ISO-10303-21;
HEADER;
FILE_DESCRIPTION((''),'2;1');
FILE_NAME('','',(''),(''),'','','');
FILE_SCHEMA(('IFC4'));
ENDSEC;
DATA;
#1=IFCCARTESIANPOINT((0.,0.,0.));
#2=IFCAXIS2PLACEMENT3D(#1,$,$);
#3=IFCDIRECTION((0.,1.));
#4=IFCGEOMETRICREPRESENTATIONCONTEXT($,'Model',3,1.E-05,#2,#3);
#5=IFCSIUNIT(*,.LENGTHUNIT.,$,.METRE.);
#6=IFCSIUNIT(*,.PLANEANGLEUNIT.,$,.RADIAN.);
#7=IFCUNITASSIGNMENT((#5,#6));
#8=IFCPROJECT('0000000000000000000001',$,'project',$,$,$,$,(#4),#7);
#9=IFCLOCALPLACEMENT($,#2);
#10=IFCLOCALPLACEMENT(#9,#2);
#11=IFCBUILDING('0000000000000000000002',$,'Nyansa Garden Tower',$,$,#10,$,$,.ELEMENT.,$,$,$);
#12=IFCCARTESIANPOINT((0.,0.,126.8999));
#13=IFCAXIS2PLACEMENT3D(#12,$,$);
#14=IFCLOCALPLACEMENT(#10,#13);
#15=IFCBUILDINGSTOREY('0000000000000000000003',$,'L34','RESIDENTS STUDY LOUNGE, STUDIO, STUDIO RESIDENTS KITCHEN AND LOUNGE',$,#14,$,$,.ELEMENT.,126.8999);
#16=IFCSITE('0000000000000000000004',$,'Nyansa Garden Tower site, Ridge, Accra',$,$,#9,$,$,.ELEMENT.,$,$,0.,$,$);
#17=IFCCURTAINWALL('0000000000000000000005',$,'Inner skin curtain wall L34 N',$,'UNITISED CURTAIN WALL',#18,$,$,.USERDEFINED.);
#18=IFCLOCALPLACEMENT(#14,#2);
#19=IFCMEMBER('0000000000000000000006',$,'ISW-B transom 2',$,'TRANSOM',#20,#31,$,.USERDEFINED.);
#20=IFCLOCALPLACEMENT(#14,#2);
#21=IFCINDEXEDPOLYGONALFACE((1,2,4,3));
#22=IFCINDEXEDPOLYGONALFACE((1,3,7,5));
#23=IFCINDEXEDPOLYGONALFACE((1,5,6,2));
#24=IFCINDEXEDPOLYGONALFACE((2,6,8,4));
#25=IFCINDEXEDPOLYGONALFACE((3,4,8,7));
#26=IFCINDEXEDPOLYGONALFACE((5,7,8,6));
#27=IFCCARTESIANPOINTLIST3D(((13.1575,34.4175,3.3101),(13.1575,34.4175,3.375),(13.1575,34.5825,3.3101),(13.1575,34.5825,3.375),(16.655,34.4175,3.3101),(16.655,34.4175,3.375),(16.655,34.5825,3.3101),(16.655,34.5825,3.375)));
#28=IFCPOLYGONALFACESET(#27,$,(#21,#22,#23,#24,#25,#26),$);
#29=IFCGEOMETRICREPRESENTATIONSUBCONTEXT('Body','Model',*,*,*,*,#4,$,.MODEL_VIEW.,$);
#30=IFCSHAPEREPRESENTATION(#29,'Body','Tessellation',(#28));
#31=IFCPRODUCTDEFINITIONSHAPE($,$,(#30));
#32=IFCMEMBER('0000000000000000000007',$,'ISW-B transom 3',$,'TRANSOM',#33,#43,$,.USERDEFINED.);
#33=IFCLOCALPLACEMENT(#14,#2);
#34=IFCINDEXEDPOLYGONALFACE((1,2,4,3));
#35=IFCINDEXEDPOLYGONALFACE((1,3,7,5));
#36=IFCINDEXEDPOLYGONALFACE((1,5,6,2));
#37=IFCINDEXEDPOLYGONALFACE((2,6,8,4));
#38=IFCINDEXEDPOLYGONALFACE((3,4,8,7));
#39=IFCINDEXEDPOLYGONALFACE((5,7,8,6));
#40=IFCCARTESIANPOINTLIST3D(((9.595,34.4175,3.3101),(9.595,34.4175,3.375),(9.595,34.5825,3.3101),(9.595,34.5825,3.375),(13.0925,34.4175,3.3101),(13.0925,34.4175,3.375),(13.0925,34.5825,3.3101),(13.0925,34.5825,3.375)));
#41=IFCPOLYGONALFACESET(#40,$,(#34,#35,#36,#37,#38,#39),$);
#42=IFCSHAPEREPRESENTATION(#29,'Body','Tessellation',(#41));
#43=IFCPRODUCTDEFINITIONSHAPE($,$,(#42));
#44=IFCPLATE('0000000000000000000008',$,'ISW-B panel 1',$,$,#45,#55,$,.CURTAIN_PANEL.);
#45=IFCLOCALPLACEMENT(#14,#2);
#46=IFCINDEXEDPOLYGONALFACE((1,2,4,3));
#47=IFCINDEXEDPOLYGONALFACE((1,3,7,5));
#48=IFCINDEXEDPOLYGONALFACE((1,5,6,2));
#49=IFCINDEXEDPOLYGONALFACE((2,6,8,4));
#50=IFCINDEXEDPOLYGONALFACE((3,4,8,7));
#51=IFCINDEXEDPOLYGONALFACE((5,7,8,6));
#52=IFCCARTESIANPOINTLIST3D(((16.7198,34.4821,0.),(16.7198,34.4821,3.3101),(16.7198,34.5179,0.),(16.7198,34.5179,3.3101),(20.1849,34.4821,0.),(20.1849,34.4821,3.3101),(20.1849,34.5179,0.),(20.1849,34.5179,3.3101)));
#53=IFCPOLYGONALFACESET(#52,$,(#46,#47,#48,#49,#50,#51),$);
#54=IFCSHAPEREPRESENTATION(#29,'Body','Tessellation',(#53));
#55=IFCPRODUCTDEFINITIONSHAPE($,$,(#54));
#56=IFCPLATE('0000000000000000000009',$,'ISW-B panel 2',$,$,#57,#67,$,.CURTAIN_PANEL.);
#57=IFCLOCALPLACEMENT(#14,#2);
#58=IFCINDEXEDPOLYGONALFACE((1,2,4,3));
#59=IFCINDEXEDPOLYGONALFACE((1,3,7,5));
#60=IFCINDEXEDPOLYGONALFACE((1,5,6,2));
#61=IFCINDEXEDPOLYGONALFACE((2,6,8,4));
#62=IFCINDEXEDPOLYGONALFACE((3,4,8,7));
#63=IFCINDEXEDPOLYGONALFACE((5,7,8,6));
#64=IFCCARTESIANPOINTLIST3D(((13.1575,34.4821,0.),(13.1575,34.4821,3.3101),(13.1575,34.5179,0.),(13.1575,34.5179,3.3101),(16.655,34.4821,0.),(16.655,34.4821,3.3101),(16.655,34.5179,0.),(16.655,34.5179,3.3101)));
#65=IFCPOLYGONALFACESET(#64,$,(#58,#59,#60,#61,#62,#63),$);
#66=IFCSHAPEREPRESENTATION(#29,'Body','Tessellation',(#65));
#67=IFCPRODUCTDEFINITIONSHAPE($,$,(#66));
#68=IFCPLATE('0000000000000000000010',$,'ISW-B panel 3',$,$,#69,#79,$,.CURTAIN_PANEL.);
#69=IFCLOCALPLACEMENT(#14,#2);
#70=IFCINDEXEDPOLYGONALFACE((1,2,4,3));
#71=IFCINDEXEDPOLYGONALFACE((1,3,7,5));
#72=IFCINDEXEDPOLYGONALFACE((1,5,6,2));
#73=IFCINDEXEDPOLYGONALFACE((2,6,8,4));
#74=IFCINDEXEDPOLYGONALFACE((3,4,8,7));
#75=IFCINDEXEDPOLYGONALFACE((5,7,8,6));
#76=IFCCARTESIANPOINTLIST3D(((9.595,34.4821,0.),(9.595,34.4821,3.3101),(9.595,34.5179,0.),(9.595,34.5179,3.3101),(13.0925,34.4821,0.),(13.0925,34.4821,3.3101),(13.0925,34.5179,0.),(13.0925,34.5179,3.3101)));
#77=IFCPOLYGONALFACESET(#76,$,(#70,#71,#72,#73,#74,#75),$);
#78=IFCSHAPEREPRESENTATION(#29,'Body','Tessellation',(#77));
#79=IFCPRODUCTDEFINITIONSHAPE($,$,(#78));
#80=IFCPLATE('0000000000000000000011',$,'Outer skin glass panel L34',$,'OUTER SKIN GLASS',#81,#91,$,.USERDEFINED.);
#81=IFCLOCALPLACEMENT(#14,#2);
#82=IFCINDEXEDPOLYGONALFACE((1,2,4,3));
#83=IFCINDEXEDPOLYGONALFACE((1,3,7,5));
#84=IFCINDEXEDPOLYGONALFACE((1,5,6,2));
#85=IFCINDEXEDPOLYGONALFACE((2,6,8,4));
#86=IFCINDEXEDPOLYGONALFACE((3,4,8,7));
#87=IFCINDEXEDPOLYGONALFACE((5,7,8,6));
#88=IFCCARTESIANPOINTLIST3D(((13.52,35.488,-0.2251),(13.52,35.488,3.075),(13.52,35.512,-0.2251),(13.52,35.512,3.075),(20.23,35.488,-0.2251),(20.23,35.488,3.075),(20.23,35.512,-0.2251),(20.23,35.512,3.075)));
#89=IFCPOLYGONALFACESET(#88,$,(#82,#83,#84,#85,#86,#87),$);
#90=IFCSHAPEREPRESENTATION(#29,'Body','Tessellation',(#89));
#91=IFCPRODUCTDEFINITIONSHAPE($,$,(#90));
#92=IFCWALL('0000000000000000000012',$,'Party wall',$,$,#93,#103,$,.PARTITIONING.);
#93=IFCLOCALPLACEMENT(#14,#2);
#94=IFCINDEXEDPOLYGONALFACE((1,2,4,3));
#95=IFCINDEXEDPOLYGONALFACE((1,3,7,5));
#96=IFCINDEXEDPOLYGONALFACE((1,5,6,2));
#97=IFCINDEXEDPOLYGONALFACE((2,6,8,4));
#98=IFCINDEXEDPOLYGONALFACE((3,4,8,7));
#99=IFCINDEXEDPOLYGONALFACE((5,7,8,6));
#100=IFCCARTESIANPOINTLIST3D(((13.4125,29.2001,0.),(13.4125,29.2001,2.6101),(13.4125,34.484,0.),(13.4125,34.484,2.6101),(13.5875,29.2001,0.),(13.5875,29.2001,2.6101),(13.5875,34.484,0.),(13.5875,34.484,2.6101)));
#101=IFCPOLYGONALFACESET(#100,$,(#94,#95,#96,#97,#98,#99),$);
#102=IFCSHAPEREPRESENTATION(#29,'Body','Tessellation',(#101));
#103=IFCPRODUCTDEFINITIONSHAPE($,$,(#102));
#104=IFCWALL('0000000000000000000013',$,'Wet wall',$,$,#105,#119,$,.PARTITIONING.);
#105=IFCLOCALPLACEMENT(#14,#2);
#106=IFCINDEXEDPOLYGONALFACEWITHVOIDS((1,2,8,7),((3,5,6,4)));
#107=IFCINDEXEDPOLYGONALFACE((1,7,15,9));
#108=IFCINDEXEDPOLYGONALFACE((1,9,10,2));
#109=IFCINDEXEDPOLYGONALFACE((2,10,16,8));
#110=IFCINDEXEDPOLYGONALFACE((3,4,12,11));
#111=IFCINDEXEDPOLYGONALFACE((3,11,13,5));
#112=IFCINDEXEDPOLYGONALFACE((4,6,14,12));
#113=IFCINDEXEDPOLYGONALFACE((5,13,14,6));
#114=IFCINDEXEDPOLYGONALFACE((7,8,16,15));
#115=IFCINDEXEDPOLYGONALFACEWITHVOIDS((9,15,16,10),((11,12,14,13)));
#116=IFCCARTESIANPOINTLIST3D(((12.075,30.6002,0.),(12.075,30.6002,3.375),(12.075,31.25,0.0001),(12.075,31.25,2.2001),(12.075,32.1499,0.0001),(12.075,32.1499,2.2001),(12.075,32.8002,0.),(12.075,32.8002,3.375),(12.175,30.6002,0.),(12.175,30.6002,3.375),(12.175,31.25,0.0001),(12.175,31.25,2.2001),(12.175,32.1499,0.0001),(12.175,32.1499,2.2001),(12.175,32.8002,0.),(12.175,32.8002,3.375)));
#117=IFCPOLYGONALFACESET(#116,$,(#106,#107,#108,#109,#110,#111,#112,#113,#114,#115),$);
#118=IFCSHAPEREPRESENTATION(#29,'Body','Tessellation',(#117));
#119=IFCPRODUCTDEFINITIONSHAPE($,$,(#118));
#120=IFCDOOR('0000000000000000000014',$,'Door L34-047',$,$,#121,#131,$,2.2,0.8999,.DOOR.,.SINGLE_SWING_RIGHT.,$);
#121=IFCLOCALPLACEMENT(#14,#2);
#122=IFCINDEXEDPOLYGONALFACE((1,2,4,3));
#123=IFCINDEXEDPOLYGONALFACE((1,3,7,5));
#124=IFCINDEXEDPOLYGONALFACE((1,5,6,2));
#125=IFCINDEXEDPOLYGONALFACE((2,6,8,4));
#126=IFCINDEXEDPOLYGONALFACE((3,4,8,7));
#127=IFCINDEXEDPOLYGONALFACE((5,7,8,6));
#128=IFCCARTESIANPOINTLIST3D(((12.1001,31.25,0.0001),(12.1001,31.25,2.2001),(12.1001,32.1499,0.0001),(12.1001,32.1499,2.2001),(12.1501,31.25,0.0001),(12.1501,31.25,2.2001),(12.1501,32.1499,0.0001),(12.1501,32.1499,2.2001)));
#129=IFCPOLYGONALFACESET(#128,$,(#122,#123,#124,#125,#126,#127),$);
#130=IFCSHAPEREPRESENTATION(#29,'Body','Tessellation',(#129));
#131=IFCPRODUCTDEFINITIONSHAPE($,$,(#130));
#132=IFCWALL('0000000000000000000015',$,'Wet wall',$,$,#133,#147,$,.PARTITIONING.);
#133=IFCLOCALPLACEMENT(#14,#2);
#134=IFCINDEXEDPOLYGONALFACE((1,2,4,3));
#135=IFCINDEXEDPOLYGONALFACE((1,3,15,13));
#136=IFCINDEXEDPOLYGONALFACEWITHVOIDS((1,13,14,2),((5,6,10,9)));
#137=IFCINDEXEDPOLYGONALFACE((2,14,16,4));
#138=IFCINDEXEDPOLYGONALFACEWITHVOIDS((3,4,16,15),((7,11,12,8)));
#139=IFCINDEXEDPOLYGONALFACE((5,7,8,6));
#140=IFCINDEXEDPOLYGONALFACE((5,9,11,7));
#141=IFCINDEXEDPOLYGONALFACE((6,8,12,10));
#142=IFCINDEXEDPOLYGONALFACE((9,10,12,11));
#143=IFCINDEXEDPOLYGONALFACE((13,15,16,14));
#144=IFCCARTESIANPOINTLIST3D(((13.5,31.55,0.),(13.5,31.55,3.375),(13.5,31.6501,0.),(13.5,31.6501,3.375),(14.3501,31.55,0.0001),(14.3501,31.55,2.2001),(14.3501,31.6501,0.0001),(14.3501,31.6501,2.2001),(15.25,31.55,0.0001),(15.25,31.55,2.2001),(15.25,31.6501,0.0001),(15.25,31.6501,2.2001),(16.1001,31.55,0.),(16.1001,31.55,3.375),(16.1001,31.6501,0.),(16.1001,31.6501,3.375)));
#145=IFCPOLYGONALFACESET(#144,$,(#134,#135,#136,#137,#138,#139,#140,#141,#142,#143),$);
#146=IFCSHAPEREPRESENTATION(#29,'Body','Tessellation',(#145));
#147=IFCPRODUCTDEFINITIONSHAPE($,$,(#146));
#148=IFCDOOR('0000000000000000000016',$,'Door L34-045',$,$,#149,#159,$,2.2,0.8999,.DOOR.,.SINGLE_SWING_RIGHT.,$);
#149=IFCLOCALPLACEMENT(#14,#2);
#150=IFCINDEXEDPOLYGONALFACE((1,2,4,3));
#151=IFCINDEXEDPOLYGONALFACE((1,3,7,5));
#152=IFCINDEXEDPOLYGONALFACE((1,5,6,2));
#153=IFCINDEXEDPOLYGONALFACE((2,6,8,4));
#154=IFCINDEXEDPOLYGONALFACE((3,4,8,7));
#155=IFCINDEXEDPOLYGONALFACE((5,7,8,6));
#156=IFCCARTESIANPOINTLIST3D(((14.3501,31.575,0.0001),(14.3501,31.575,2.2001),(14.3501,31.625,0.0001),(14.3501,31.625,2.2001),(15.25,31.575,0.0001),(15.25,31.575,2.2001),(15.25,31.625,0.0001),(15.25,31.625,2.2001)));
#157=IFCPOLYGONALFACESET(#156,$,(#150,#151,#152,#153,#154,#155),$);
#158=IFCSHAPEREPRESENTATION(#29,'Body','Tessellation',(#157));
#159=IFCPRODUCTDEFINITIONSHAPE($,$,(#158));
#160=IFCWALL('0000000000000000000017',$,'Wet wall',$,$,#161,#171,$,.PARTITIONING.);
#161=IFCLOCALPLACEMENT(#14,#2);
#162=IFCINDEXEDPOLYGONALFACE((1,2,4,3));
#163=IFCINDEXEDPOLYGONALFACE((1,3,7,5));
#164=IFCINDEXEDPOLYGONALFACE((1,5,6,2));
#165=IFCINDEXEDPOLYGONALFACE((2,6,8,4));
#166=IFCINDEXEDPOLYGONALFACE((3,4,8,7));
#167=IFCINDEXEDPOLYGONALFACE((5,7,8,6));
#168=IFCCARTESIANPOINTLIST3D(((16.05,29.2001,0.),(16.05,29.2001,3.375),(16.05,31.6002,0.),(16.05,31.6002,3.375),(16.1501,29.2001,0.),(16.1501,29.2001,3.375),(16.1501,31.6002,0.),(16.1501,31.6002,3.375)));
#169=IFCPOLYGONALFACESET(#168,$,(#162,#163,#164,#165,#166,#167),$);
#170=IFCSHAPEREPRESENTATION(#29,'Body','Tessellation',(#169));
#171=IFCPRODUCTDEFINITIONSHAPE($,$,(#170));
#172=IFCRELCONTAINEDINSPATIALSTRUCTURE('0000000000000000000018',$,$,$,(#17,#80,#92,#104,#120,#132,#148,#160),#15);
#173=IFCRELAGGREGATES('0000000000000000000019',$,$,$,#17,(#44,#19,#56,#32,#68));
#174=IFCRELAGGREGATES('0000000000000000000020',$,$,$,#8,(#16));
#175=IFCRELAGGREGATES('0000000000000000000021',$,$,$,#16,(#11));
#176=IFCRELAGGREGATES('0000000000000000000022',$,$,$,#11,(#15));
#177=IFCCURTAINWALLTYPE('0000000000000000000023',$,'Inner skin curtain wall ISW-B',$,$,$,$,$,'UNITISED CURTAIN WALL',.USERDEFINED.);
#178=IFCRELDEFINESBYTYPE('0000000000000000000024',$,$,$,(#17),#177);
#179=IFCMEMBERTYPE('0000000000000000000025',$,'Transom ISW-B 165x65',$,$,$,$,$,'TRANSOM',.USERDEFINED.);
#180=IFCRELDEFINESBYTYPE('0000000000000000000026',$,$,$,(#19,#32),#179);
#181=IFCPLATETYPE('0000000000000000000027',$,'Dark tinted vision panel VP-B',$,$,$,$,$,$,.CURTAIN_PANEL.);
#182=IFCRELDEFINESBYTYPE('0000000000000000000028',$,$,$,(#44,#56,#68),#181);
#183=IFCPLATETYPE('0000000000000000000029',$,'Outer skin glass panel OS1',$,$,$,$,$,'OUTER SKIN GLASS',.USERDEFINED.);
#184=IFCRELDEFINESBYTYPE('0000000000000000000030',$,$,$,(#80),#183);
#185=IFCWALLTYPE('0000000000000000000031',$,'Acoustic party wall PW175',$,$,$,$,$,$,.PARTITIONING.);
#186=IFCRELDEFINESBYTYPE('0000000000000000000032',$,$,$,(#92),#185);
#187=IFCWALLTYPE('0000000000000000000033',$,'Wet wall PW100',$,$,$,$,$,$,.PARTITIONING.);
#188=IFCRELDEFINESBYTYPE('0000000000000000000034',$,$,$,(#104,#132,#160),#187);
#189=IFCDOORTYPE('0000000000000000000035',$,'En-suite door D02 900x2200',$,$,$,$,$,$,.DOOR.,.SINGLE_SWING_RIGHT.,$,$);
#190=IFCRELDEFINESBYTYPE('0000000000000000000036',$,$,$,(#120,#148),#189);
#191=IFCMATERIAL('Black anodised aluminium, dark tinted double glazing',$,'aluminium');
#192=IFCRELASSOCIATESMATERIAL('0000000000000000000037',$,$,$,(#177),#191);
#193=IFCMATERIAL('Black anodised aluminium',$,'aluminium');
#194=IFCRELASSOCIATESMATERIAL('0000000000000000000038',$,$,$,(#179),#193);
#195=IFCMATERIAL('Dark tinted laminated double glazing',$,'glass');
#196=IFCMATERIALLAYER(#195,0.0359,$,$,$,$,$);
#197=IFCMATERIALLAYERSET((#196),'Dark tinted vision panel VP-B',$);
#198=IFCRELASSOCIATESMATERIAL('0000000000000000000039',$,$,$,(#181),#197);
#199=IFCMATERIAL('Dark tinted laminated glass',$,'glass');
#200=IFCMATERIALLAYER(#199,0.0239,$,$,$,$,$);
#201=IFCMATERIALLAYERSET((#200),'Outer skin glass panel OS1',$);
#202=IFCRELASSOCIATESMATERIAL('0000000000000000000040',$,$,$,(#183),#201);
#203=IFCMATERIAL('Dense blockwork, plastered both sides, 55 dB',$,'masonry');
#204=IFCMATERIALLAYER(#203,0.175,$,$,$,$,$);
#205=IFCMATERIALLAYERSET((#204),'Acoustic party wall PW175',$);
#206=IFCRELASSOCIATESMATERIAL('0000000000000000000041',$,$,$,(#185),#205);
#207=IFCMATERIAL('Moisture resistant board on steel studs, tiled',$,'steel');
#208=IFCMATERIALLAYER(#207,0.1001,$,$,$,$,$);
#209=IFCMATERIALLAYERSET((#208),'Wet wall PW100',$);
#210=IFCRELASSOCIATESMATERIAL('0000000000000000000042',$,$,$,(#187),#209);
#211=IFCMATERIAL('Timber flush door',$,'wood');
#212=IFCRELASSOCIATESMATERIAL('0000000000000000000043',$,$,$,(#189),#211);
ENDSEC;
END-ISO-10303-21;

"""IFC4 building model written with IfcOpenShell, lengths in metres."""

from ifc_helpers import new_model, si_unit, direction, frame, frame_2d, origin, origin_2d, place, context, subcontext, project, spatial, rectangle, extrude, material, layer, layer_set, material_profile, profile_set, type_object, element, fill, aggregate, save


model = new_model("IFC4")

# Units and contexts
model_context = context("Model", 3, precision=1e-05, world=origin(), true_north=direction((0.0, 1.0)))
body_context = subcontext(model_context, "Body", "Model", "MODEL_VIEW")
ifc_project = project(units=[si_unit("LENGTHUNIT", "METRE"), si_unit("PLANEANGLEUNIT", "RADIAN")], contexts=[model_context])

# Site, building, storey
site_placement = place(None, origin())
site = spatial("IfcSite", under=ifc_project, at=site_placement, Name="Nyansa Garden Tower site, Ridge, Accra", CompositionType="ELEMENT", RefElevation=0.0)
building_placement = place(site_placement, origin())
building = spatial("IfcBuilding", under=site, at=building_placement, Name="Nyansa Garden Tower", CompositionType="ELEMENT")
storey_placement = place(building_placement, frame((0.0, 0.0, 126.8999)))
storey = spatial("IfcBuildingStorey", under=building, at=storey_placement, Name="L34", Description="RESIDENTS STUDY LOUNGE, STUDIO, STUDIO RESIDENTS KITCHEN AND LOUNGE", CompositionType="ELEMENT", Elevation=126.8999)

# Curtain wall
ifc_material_1 = material(Name="Black anodised aluminium, dark tinted double glazing", Category="aluminium")
curtain_wall_type = type_object("IfcCurtainWallType", Name="Inner skin curtain wall ISW-B", ElementType="UNITISED CURTAIN WALL", PredefinedType="USERDEFINED", material=ifc_material_1)
curtain_wall_placement = place(storey_placement, origin())
curtain_wall = element("IfcCurtainWall", 1, at=curtain_wall_placement, inside=storey, type_object=curtain_wall_type, Name="Inner skin curtain wall L34 N", ObjectType="UNITISED CURTAIN WALL", PredefinedType="USERDEFINED")

# Members
ifc_material_2 = material(Name="Black anodised aluminium", Category="aluminium")
ifc_material_profile_1 = material_profile(ifc_material_2, rectangle(XDim=0.165, YDim=0.0649, at=origin_2d()), Name="Transom 165x65")
ifc_profile_set_1 = profile_set([ifc_material_profile_1], Name="Black anodised aluminium")
member_type_1 = type_object("IfcMemberType", Name="Transom ISW-B 165x65", ElementType="TRANSOM", PredefinedType="USERDEFINED", material=ifc_profile_set_1)
member_1_placement = place(storey_placement, frame((16.655, 34.5, 3.3425), z_axis=(-1.0, 0.0, 0.0), x_axis=(0.0, -1.0, 0.0)))
member_1 = element("IfcMember", 2, at=member_1_placement, type_object=member_type_1, Name="ISW-B transom 2", ObjectType="TRANSOM", PredefinedType="USERDEFINED", context=body_context, shape_type="SweptSolid", body=[
    extrude(rectangle(XDim=0.165, YDim=0.0649, at=origin_2d()), origin(), (0.0, 0.0, 1.0), 3.4976),
])
member_2_placement = place(storey_placement, frame((13.0925, 34.5, 3.3425), z_axis=(-1.0, 0.0, 0.0), x_axis=(0.0, -1.0, 0.0)))
member_2 = element("IfcMember", 3, at=member_2_placement, type_object=member_type_1, Name="ISW-B transom 3", ObjectType="TRANSOM", PredefinedType="USERDEFINED", context=body_context, shape_type="SweptSolid", body=[
    extrude(rectangle(XDim=0.165, YDim=0.0649, at=origin_2d()), origin(), (0.0, 0.0, 1.0), 3.4976),
])

# Plates
ifc_material_3 = material(Name="Dark tinted laminated double glazing", Category="glass")
ifc_layer_1 = layer(ifc_material_3, 0.0359)
ifc_layer_set_1 = layer_set([ifc_layer_1], Name="Dark tinted vision panel VP-B")
plate_type_1 = type_object("IfcPlateType", Name="Dark tinted vision panel VP-B", PredefinedType="CURTAIN_PANEL", material=ifc_layer_set_1)
plate_1_placement = place(storey_placement, frame((18.4524, 34.5, 0.0), z_axis=(0.0, 0.0, 1.0), x_axis=(-1.0, 0.0, 0.0)))
plate_1 = element("IfcPlate", 4, at=plate_1_placement, type_object=plate_type_1, Name="ISW-B panel 1", PredefinedType="CURTAIN_PANEL", context=body_context, shape_type="SweptSolid", body=[
    extrude(rectangle(XDim=3.4651, YDim=0.0359, at=origin_2d()), origin(), (0.0, 0.0, 1.0), 3.3101),
])
plate_2_placement = place(storey_placement, frame((14.9062, 34.5, 0.0), z_axis=(0.0, 0.0, 1.0), x_axis=(-1.0, 0.0, 0.0)))
plate_2 = element("IfcPlate", 5, at=plate_2_placement, type_object=plate_type_1, Name="ISW-B panel 2", PredefinedType="CURTAIN_PANEL", context=body_context, shape_type="SweptSolid", body=[
    extrude(rectangle(XDim=3.4976, YDim=0.0359, at=origin_2d()), origin(), (0.0, 0.0, 1.0), 3.3101),
])
plate_3_placement = place(storey_placement, frame((11.3438, 34.5, 0.0), z_axis=(0.0, 0.0, 1.0), x_axis=(-1.0, 0.0, 0.0)))
plate_3 = element("IfcPlate", 6, at=plate_3_placement, type_object=plate_type_1, Name="ISW-B panel 3", PredefinedType="CURTAIN_PANEL", context=body_context, shape_type="SweptSolid", body=[
    extrude(rectangle(XDim=3.4976, YDim=0.0359, at=origin_2d()), origin(), (0.0, 0.0, 1.0), 3.3101),
])
aggregate(curtain_wall, [plate_1, member_1, plate_2, member_2, plate_3])
ifc_material_4 = material(Name="Dark tinted laminated glass", Category="glass")
ifc_layer_2 = layer(ifc_material_4, 0.0239)
ifc_layer_set_2 = layer_set([ifc_layer_2], Name="Outer skin glass panel OS1")
plate_type_2 = type_object("IfcPlateType", Name="Outer skin glass panel OS1", ElementType="OUTER SKIN GLASS", PredefinedType="USERDEFINED", material=ifc_layer_set_2)
plate_4_placement = place(storey_placement, frame((16.875, 35.5, -0.2251), z_axis=(0.0, 0.0, 1.0), x_axis=(1.0, 0.0, 0.0)))
element("IfcPlate", 7, at=plate_4_placement, inside=storey, type_object=plate_type_2, Name="Outer skin glass panel L34", ObjectType="OUTER SKIN GLASS", PredefinedType="USERDEFINED", context=body_context, shape_type="SweptSolid", body=[
    extrude(rectangle(XDim=6.71, YDim=0.0239, at=origin_2d()), origin(), (0.0, 0.0, 1.0), 3.3),
])

# Wall
ifc_material_5 = material(Name="Dense blockwork, plastered both sides, 55 dB", Category="masonry")
ifc_layer_3 = layer(ifc_material_5, 0.175)
ifc_layer_set_3 = layer_set([ifc_layer_3], Name="Acoustic party wall PW175")
wall_type_1 = type_object("IfcWallType", Name="Acoustic party wall PW175", PredefinedType="PARTITIONING", material=ifc_layer_set_3)
wall_1_placement = place(storey_placement, frame((13.5, 29.2, 0.0), z_axis=(0.0, 0.0, 1.0), x_axis=(0.0, 1.0, 0.0)))
element("IfcWall", 8, at=wall_1_placement, inside=storey, type_object=wall_type_1, Name="Party wall", PredefinedType="PARTITIONING", context=body_context, shape_type="SweptSolid", body=[
    extrude(rectangle(XDim=5.2839, YDim=0.175, at=frame_2d((2.6421, 0.0))), origin(), (0.0, 0.0, 1.0), 2.6101),
])

# Walls, openings, doors
ifc_material_6 = material(Name="Moisture resistant board on steel studs, tiled", Category="steel")
ifc_layer_4 = layer(ifc_material_6, 0.1001)
ifc_layer_set_4 = layer_set([ifc_layer_4], Name="Wet wall PW100")
wall_type_2 = type_object("IfcWallType", Name="Wet wall PW100", PredefinedType="PARTITIONING", material=ifc_layer_set_4)
wall_2_placement = place(storey_placement, frame((12.125, 30.6001, 0.0), z_axis=(0.0, 0.0, 1.0), x_axis=(0.0, 1.0, 0.0)))
wall_2 = element("IfcWall", 9, at=wall_2_placement, inside=storey, type_object=wall_type_2, Name="Wet wall", PredefinedType="PARTITIONING", context=body_context, shape_type="SweptSolid", body=[
    extrude(rectangle(XDim=2.2, YDim=0.1001, at=frame_2d((1.1001, 0.0))), origin(), (0.0, 0.0, 1.0), 3.375),
])
opening_1_placement = place(wall_2_placement, frame((0.6499, 0.0, 0.0)))
opening_1 = element("IfcOpeningElement", 10, at=opening_1_placement, cuts=wall_2, PredefinedType="OPENING", context=body_context, shape_type="SweptSolid", body=[
    extrude(rectangle(XDim=0.8999, YDim=2.2, at=frame_2d((0.45, 1.1001))), frame((0.0, 0.0601, 0.0), z_axis=(0.0, -1.0, 0.0), x_axis=(1.0, 0.0, 0.0)), (0.0, 0.0, 1.0), 0.1201),
])
ifc_material_7 = material(Name="Timber flush door", Category="wood")
door_type = type_object("IfcDoorType", Name="En-suite door D02 900x2200", OperationType="SINGLE_SWING_RIGHT", PredefinedType="DOOR", material=ifc_material_7)
door_1_placement = place(opening_1_placement, origin())
door_1 = element("IfcDoor", 11, at=door_1_placement, inside=storey, type_object=door_type, Name="Door L34-047", OperationType="SINGLE_SWING_RIGHT", OverallHeight=2.2, OverallWidth=0.8999, PredefinedType="DOOR", context=body_context, shape_type="SweptSolid", body=[
    extrude(rectangle(XDim=0.8999, YDim=2.2, at=frame_2d((0.45, 1.1001))), frame((0.0, 0.0249, 0.0), z_axis=(0.0, -1.0, 0.0), x_axis=(1.0, 0.0, 0.0)), (0.0, 0.0, 1.0), 0.05),
])
fill(opening_1, door_1)
wall_3_placement = place(storey_placement, frame((13.5, 31.6001, 0.0), z_axis=(0.0, 0.0, 1.0), x_axis=(1.0, 0.0, 0.0)))
wall_3 = element("IfcWall", 12, at=wall_3_placement, inside=storey, type_object=wall_type_2, Name="Wet wall", PredefinedType="PARTITIONING", context=body_context, shape_type="SweptSolid", body=[
    extrude(rectangle(XDim=2.6001, YDim=0.1001, at=frame_2d((1.3, 0.0))), origin(), (0.0, 0.0, 1.0), 3.375),
])
opening_2_placement = place(wall_3_placement, frame((0.8501, 0.0, 0.0)))
opening_2 = element("IfcOpeningElement", 13, at=opening_2_placement, cuts=wall_3, PredefinedType="OPENING", context=body_context, shape_type="SweptSolid", body=[
    extrude(rectangle(XDim=0.8999, YDim=2.2, at=frame_2d((0.45, 1.1001))), frame((0.0, 0.0601, 0.0), z_axis=(0.0, -1.0, 0.0), x_axis=(1.0, 0.0, 0.0)), (0.0, 0.0, 1.0), 0.1201),
])
door_2_placement = place(opening_2_placement, origin())
door_2 = element("IfcDoor", 14, at=door_2_placement, inside=storey, type_object=door_type, Name="Door L34-045", OperationType="SINGLE_SWING_RIGHT", OverallHeight=2.2, OverallWidth=0.8999, PredefinedType="DOOR", context=body_context, shape_type="SweptSolid", body=[
    extrude(rectangle(XDim=0.8999, YDim=2.2, at=frame_2d((0.45, 1.1001))), frame((0.0, 0.0249, 0.0), z_axis=(0.0, -1.0, 0.0), x_axis=(1.0, 0.0, 0.0)), (0.0, 0.0, 1.0), 0.05),
])
fill(opening_2, door_2)

# Wall
wall_4_placement = place(storey_placement, frame((16.1001, 29.2, 0.0), z_axis=(0.0, 0.0, 1.0), x_axis=(0.0, 1.0, 0.0)))
element("IfcWall", 15, at=wall_4_placement, inside=storey, type_object=wall_type_2, Name="Wet wall", PredefinedType="PARTITIONING", context=body_context, shape_type="SweptSolid", body=[
    extrude(rectangle(XDim=2.4001, YDim=0.1001, at=frame_2d((1.2002, 0.0))), origin(), (0.0, 0.0, 1.0), 3.375),
])

save(model, "model.ifc")
